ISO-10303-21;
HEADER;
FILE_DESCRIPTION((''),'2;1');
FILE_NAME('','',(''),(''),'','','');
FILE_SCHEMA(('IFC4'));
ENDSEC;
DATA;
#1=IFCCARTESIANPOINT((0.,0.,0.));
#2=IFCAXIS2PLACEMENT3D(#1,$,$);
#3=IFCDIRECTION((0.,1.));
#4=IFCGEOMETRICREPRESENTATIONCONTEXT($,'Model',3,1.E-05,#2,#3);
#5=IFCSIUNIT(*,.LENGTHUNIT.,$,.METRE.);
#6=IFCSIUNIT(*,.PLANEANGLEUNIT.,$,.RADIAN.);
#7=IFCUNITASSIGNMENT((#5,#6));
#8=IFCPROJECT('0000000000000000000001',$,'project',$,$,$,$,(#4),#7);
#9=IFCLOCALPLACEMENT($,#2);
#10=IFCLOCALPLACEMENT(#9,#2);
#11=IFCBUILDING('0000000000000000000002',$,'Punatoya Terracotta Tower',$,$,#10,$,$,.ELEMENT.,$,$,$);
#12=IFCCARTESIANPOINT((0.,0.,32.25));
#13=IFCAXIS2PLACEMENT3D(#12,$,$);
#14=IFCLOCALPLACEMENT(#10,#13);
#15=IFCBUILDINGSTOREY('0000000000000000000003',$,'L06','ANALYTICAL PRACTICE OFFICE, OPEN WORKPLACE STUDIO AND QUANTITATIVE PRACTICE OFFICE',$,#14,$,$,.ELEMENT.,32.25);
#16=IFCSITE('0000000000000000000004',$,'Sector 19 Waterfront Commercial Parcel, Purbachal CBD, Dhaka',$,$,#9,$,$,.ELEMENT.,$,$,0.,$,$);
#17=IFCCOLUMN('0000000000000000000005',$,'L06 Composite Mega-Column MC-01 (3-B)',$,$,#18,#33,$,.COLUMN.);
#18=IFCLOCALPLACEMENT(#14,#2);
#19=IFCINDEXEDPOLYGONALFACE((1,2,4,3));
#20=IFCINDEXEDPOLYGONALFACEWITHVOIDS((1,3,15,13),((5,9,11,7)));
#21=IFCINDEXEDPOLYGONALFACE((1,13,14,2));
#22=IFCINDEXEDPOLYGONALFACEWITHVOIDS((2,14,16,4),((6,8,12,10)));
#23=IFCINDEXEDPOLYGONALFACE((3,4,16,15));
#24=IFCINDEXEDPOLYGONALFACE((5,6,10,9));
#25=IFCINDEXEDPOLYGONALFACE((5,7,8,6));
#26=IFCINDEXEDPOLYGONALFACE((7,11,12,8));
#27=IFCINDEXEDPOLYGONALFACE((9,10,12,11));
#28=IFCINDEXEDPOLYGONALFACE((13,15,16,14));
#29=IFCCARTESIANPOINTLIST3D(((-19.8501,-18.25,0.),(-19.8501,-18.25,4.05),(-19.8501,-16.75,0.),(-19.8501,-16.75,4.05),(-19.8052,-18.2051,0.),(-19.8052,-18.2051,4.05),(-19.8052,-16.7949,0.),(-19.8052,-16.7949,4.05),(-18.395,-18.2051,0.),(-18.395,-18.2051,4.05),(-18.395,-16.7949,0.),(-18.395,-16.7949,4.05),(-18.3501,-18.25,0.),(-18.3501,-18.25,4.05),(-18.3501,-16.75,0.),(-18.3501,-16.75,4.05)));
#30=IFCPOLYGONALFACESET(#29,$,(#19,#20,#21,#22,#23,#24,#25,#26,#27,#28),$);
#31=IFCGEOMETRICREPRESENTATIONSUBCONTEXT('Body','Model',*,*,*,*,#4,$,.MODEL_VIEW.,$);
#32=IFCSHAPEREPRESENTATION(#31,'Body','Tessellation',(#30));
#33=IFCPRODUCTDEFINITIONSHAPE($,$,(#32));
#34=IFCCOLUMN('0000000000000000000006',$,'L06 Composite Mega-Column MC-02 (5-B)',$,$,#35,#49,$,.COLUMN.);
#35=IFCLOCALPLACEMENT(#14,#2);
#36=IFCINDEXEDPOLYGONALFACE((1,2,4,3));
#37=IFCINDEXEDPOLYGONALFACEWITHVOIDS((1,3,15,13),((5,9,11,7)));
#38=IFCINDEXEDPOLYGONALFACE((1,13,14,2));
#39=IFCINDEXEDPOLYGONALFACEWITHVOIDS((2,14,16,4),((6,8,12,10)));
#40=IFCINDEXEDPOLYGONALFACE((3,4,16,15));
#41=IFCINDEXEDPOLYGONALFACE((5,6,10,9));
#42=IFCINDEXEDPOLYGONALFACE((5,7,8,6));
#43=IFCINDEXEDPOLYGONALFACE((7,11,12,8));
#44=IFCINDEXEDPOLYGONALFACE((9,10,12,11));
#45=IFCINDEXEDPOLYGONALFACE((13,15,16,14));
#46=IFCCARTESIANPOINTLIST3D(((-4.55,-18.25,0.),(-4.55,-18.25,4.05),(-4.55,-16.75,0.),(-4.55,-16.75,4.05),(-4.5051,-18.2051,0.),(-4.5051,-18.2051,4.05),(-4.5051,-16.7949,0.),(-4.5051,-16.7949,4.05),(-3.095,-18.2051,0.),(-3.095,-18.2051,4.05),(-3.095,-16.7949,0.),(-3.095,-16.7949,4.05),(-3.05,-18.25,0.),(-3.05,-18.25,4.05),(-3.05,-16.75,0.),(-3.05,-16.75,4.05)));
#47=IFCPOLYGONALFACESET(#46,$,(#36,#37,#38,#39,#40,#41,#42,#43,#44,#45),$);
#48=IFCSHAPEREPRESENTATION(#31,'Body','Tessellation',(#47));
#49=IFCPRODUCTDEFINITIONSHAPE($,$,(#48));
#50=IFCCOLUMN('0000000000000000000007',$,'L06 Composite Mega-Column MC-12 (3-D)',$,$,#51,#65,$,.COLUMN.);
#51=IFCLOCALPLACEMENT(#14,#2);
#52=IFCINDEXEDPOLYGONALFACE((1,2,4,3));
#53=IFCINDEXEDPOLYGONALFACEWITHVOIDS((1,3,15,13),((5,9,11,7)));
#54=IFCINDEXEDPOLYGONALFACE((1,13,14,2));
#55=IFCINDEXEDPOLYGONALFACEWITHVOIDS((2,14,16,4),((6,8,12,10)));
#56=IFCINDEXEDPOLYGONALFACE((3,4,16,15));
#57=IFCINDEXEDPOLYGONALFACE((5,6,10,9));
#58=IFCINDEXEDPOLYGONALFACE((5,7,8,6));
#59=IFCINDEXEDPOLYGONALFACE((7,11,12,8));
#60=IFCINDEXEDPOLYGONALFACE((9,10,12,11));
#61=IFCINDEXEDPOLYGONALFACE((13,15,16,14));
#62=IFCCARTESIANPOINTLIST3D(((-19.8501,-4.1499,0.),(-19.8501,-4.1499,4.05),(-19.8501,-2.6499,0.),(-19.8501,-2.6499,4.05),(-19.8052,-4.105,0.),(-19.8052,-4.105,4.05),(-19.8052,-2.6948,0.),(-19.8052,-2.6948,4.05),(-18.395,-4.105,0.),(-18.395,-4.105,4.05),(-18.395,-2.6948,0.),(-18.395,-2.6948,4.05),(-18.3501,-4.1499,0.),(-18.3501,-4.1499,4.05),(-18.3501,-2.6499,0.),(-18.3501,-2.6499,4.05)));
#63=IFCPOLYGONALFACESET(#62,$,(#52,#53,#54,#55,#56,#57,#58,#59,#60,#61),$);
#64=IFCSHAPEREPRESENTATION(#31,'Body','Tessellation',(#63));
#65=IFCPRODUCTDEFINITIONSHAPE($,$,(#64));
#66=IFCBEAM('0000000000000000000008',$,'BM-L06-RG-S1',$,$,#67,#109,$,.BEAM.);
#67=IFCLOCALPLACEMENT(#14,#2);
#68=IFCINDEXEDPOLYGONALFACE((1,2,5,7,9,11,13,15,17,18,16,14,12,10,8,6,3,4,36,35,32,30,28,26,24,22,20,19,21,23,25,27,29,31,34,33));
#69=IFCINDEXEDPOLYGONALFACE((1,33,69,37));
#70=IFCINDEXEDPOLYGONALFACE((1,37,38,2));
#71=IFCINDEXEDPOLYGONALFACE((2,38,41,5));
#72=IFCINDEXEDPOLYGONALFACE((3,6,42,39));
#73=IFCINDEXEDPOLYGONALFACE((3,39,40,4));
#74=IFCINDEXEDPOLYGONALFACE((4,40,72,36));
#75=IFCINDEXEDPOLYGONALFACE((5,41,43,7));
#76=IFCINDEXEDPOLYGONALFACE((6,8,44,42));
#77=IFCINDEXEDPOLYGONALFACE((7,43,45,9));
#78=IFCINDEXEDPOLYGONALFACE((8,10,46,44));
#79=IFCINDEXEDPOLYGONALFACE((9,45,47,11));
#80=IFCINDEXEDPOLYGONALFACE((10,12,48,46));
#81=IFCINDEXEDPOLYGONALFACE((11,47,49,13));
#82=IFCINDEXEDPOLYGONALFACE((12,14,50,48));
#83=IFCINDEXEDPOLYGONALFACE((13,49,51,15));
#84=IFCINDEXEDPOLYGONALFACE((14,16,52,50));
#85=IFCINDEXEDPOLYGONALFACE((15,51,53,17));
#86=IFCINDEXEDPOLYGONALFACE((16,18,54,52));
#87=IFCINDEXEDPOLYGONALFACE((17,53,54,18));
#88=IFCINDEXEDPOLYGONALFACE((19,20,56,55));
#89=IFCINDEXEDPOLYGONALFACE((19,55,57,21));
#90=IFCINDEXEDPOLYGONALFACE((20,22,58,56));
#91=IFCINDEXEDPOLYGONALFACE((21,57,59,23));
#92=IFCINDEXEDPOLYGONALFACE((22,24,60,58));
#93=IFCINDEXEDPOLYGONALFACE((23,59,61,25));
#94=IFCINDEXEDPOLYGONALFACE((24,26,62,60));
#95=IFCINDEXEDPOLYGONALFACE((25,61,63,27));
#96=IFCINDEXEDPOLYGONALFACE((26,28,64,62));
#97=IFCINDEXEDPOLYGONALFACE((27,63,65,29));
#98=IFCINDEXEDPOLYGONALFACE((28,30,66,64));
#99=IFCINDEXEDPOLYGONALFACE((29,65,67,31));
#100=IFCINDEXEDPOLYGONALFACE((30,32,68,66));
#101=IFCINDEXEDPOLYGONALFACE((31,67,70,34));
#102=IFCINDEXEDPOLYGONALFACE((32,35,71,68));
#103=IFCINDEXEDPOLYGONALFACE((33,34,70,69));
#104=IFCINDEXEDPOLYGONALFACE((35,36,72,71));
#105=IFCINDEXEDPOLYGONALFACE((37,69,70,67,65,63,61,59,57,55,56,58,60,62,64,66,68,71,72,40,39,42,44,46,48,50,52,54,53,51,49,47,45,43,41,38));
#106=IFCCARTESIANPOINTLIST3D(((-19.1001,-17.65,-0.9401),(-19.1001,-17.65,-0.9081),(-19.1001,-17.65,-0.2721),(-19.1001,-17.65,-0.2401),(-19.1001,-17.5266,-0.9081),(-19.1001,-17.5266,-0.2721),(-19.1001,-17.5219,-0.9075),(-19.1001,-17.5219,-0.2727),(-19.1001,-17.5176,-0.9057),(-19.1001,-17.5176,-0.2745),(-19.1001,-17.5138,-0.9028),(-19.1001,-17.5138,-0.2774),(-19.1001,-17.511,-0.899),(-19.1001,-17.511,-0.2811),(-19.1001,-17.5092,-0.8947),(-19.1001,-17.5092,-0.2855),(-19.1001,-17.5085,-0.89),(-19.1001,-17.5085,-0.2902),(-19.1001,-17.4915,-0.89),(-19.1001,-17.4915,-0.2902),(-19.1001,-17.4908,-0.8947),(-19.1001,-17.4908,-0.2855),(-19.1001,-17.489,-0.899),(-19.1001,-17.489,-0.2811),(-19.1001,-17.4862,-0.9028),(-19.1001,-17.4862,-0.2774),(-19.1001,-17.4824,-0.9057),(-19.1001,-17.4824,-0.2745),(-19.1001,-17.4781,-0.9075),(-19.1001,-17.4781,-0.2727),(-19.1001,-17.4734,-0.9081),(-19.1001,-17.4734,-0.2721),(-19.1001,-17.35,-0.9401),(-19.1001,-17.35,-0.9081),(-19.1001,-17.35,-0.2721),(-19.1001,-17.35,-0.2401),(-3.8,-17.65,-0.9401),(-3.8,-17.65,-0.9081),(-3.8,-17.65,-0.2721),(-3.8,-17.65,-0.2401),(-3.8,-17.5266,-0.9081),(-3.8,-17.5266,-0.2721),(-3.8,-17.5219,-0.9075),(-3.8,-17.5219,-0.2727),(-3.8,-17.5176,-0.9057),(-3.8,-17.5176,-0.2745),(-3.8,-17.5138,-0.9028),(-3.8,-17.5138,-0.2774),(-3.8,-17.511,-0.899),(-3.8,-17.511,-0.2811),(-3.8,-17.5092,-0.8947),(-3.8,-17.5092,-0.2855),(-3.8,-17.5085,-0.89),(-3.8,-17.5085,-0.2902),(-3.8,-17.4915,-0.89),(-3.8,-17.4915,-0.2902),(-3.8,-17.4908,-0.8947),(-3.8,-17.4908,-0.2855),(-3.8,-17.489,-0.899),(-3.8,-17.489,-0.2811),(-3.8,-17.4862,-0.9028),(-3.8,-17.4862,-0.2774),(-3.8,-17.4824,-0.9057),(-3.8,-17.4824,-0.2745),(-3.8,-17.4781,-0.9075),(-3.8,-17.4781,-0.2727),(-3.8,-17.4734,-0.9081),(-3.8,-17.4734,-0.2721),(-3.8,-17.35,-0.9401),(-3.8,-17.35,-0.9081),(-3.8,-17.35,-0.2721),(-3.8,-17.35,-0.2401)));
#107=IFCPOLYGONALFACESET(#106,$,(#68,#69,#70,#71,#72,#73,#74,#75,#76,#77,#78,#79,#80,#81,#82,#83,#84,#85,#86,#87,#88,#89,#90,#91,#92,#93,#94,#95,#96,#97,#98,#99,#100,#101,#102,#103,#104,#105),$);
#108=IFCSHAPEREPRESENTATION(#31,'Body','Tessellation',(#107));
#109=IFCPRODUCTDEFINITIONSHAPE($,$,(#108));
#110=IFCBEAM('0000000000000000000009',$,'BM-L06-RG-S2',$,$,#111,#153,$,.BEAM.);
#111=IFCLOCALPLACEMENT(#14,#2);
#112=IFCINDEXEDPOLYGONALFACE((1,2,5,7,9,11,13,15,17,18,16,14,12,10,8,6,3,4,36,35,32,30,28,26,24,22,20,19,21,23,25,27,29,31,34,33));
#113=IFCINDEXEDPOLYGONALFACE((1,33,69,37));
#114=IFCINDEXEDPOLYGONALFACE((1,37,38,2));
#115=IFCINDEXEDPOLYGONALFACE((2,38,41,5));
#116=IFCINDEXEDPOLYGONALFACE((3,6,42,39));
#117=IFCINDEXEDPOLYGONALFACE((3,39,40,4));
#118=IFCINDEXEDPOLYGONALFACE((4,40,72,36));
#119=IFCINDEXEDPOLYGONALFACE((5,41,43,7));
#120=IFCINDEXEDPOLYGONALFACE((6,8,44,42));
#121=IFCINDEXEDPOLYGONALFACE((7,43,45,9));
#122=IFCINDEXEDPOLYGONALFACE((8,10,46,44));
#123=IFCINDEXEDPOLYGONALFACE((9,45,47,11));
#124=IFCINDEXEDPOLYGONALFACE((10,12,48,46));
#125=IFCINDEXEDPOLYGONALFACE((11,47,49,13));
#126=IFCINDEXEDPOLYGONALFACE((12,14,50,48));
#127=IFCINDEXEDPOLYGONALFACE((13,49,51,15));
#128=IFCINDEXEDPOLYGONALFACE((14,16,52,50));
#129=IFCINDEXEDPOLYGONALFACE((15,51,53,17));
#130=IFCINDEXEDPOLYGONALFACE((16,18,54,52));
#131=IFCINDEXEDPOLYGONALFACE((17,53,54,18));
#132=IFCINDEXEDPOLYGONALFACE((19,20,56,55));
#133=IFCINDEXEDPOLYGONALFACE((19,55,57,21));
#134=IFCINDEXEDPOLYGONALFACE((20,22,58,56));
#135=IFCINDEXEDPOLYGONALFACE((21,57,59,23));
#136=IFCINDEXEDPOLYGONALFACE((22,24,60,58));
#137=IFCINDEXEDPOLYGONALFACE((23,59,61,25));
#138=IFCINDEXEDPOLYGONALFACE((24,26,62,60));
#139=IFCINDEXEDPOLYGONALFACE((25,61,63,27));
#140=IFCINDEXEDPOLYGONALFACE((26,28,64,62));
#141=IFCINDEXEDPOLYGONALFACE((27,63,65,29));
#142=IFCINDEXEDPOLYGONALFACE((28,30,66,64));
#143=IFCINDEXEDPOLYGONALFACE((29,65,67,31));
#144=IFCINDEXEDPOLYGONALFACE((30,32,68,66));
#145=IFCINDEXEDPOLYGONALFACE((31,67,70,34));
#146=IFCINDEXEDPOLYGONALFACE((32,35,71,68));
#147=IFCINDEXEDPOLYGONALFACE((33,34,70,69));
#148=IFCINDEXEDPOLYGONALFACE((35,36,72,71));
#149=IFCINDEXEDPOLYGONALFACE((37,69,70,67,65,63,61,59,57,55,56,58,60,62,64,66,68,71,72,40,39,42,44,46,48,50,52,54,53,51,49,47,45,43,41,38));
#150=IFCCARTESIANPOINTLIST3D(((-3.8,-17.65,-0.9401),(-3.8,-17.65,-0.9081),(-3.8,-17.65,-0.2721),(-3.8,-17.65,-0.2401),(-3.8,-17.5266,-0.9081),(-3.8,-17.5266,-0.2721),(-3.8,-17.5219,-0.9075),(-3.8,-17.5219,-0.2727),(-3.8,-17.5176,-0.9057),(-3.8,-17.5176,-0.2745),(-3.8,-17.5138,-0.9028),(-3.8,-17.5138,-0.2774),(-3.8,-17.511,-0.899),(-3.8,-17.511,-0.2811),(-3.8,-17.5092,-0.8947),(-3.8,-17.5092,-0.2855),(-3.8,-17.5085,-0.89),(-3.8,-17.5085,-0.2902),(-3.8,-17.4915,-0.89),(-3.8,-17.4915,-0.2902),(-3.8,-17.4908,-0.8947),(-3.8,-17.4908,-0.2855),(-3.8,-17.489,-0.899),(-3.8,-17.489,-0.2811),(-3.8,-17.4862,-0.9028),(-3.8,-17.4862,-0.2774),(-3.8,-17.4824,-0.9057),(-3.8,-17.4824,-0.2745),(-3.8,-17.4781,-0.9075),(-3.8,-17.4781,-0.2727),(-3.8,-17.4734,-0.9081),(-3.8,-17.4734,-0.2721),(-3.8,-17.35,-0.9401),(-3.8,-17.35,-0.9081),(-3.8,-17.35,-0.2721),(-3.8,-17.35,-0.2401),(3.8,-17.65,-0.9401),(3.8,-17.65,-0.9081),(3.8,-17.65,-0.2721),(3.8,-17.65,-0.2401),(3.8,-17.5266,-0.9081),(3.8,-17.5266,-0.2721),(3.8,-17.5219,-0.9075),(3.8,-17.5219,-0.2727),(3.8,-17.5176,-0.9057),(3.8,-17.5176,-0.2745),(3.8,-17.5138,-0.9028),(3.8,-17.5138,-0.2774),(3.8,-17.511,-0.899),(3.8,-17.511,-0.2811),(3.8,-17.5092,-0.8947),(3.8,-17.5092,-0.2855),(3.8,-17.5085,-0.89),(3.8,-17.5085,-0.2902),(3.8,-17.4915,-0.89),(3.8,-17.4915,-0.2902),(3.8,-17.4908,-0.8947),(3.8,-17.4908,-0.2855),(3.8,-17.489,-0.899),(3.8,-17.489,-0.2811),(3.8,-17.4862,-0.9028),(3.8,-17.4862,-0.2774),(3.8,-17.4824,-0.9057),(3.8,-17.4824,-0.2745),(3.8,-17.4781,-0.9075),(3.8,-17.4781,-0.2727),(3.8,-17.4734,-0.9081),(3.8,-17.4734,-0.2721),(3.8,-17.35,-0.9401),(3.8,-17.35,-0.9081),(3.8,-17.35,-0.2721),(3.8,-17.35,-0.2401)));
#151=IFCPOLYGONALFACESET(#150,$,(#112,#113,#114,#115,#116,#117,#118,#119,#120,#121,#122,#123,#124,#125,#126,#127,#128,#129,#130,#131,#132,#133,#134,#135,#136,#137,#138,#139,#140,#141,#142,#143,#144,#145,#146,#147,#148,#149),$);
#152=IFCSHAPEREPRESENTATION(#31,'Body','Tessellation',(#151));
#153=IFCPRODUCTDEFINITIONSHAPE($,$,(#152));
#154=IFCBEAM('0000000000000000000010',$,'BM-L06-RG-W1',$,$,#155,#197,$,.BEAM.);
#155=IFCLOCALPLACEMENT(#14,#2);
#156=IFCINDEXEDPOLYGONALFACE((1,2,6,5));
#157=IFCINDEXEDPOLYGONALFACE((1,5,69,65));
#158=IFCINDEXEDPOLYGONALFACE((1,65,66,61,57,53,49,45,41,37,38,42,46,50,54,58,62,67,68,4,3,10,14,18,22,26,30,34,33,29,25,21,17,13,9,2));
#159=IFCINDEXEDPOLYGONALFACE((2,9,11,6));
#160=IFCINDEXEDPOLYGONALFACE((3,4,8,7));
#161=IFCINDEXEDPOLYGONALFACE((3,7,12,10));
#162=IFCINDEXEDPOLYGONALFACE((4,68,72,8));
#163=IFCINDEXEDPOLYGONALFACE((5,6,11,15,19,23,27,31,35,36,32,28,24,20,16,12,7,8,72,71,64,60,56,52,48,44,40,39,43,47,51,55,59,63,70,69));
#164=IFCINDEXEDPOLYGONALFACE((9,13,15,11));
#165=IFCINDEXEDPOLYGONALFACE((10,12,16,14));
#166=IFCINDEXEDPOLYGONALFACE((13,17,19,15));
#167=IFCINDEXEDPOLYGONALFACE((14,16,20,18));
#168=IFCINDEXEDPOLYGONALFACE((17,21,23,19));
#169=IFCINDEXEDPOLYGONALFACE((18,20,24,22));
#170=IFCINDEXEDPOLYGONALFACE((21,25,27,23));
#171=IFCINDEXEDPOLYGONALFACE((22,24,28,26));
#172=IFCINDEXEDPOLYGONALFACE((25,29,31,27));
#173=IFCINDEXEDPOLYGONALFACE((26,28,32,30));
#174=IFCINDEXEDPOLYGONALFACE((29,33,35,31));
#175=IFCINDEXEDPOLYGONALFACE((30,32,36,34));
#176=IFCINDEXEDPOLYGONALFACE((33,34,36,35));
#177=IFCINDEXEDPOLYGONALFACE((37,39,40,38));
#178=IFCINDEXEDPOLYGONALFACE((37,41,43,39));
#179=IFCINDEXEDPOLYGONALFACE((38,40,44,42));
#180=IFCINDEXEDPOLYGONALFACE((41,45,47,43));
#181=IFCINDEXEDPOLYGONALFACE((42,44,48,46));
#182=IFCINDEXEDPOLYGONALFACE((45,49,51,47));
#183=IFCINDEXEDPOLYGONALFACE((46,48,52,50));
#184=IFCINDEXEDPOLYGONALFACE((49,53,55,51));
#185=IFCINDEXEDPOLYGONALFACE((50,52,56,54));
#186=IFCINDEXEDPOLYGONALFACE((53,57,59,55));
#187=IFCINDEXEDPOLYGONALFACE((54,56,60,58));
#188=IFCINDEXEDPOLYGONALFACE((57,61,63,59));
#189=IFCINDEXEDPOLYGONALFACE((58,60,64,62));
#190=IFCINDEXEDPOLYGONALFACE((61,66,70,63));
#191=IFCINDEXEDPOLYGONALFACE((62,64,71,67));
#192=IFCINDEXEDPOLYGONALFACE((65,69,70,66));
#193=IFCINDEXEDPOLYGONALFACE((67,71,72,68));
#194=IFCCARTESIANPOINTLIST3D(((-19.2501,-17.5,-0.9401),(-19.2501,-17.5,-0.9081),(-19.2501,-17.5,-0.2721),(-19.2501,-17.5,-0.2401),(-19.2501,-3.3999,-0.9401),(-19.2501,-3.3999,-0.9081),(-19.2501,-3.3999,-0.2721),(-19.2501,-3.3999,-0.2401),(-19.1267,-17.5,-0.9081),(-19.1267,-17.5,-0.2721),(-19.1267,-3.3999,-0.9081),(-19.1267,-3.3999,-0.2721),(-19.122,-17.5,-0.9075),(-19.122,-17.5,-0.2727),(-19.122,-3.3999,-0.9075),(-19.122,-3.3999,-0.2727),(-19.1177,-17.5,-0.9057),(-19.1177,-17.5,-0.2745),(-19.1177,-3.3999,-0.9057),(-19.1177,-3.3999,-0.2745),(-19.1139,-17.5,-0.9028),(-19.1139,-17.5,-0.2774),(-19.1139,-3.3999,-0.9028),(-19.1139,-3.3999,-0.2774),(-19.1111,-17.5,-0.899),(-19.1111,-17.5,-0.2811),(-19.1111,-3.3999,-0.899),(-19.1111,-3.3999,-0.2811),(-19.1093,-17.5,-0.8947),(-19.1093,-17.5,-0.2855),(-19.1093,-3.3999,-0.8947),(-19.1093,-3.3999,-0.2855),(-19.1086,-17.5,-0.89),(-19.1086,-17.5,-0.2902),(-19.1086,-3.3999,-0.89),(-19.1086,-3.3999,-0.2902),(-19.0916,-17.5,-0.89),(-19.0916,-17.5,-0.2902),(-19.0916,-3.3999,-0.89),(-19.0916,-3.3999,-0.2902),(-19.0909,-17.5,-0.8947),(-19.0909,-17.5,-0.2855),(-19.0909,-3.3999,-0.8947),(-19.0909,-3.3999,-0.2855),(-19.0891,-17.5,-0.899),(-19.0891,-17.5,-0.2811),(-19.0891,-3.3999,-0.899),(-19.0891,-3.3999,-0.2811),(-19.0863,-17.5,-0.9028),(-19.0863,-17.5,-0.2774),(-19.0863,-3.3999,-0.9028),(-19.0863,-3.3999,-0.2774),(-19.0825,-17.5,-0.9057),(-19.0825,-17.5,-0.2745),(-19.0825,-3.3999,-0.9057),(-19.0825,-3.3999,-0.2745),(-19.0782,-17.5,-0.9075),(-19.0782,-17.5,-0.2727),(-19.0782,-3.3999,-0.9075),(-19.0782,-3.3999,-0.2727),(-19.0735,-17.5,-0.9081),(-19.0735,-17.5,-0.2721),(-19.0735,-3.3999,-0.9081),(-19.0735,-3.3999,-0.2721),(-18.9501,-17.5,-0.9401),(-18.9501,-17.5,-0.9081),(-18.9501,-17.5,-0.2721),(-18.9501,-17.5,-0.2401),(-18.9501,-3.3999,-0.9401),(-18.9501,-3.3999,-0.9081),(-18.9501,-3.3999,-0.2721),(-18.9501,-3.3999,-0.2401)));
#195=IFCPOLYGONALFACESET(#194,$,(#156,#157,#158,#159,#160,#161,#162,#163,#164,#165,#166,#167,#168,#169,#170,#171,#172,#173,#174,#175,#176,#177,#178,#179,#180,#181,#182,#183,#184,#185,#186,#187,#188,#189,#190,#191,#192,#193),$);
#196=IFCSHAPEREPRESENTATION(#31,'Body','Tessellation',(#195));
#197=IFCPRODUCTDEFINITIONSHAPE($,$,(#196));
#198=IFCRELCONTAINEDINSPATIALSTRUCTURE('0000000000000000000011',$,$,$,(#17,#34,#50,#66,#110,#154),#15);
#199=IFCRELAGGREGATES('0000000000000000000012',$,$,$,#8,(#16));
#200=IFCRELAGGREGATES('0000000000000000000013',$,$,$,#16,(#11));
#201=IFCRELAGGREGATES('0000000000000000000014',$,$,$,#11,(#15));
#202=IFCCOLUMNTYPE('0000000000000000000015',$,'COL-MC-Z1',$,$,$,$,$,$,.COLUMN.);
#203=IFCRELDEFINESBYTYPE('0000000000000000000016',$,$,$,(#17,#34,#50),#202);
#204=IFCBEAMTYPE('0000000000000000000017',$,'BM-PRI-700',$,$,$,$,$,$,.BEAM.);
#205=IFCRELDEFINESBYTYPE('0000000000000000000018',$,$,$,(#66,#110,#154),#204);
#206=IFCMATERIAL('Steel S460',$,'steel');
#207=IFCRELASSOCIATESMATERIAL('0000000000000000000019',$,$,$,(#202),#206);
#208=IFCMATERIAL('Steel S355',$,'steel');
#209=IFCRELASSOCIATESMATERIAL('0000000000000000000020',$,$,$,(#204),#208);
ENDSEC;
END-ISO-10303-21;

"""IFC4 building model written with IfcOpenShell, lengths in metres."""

from ifc_helpers import new_model, si_unit, direction, frame, origin, origin_2d, place, context, subcontext, project, spatial, hollow_rectangle, i_section, extrude, material, material_profile, profile_set, type_object, element, save


model = new_model("IFC4")

# Units and contexts
model_context = context("Model", 3, precision=1e-05, world=origin(), true_north=direction((0.0, 1.0)))
body_context = subcontext(model_context, "Body", "Model", "MODEL_VIEW")
ifc_project = project(units=[si_unit("LENGTHUNIT", "METRE"), si_unit("PLANEANGLEUNIT", "RADIAN")], contexts=[model_context])

# Site, building, storey
site_placement = place(None, origin())
site = spatial("IfcSite", under=ifc_project, at=site_placement, Name="Sector 19 Waterfront Commercial Parcel, Purbachal CBD, Dhaka", CompositionType="ELEMENT", RefElevation=0.0)
building_placement = place(site_placement, origin())
building = spatial("IfcBuilding", under=site, at=building_placement, Name="Punatoya Terracotta Tower", CompositionType="ELEMENT")
storey_placement = place(building_placement, frame((0.0, 0.0, 32.25)))
storey = spatial("IfcBuildingStorey", under=building, at=storey_placement, Name="L06", Description="ANALYTICAL PRACTICE OFFICE, OPEN WORKPLACE STUDIO AND QUANTITATIVE PRACTICE OFFICE", CompositionType="ELEMENT", Elevation=32.25)

# Columns
ifc_material_1 = material(Name="Steel S460", Category="steel")
ifc_material_profile_1 = material_profile(ifc_material_1, hollow_rectangle(XDim=1.5, YDim=1.5, WallThickness=0.0449, at=origin_2d()))
ifc_profile_set_1 = profile_set([ifc_material_profile_1], Name="Steel S460")
column_type = type_object("IfcColumnType", Name="COL-MC-Z1", PredefinedType="COLUMN", material=ifc_profile_set_1)
for number, where, z_axis, x_axis, name in (
    (1, (-19.1001, -17.5, 0.0), (0.0, 0.0, 1.0), (1.0, 0.0, 0.0), "L06 Composite Mega-Column MC-01 (3-B)"),
    (2, (-3.8, -17.5, 0.0), (0.0, 0.0, 1.0), (1.0, 0.0, 0.0), "L06 Composite Mega-Column MC-02 (5-B)"),
    (3, (-19.1001, -3.3999, 0.0), (0.0, 0.0, 1.0), (1.0, 0.0, 0.0), "L06 Composite Mega-Column MC-12 (3-D)"),
):
    element("IfcColumn", number, at=place(storey_placement, frame(where, z_axis=z_axis, x_axis=x_axis)), inside=storey, type_object=column_type, Name=name, PredefinedType="COLUMN", context=body_context, shape_type="SweptSolid", body=[
        extrude(hollow_rectangle(XDim=1.5, YDim=1.5, WallThickness=0.0449, at=origin_2d()), origin(), (0.0, 0.0, 1.0), 4.05),
    ])

# Beams
ifc_material_2 = material(Name="Steel S355", Category="steel")
ifc_material_profile_2 = material_profile(ifc_material_2, i_section(OverallWidth=0.3, OverallDepth=0.7, WebThickness=0.0171, FlangeThickness=0.032, FilletRadius=0.0181, at=origin_2d()))
ifc_profile_set_2 = profile_set([ifc_material_profile_2], Name="Steel S355")
beam_type_1 = type_object("IfcBeamType", Name="BM-PRI-700", PredefinedType="BEAM", material=ifc_profile_set_2)
beam_1_placement = place(storey_placement, frame((-19.1001, -17.5, -0.5901), z_axis=(1.0, 0.0, 0.0), x_axis=(0.0, 1.0, 0.0)))
element("IfcBeam", 4, at=beam_1_placement, inside=storey, type_object=beam_type_1, Name="BM-L06-RG-S1", PredefinedType="BEAM", context=body_context, shape_type="SweptSolid", body=[
    extrude(i_section(OverallWidth=0.3, OverallDepth=0.7, WebThickness=0.0171, FlangeThickness=0.032, FilletRadius=0.0181, at=origin_2d()), origin(), (0.0, 0.0, 1.0), 15.3),
])
beam_2_placement = place(storey_placement, frame((-3.8, -17.5, -0.5901), z_axis=(1.0, 0.0, 0.0), x_axis=(0.0, 1.0, 0.0)))
element("IfcBeam", 5, at=beam_2_placement, inside=storey, type_object=beam_type_1, Name="BM-L06-RG-S2", PredefinedType="BEAM", context=body_context, shape_type="SweptSolid", body=[
    extrude(i_section(OverallWidth=0.3, OverallDepth=0.7, WebThickness=0.0171, FlangeThickness=0.032, FilletRadius=0.0181, at=origin_2d()), origin(), (0.0, 0.0, 1.0), 7.6001),
])
beam_3_placement = place(storey_placement, frame((-19.1001, -17.5, -0.5901), z_axis=(0.0, 1.0, 0.0), x_axis=(-1.0, 0.0, 0.0)))
element("IfcBeam", 6, at=beam_3_placement, inside=storey, type_object=beam_type_1, Name="BM-L06-RG-W1", PredefinedType="BEAM", context=body_context, shape_type="SweptSolid", body=[
    extrude(i_section(OverallWidth=0.3, OverallDepth=0.7, WebThickness=0.0171, FlangeThickness=0.032, FilletRadius=0.0181, at=origin_2d()), origin(), (0.0, 0.0, 1.0), 14.1001),
])

save(model, "model.ifc")
